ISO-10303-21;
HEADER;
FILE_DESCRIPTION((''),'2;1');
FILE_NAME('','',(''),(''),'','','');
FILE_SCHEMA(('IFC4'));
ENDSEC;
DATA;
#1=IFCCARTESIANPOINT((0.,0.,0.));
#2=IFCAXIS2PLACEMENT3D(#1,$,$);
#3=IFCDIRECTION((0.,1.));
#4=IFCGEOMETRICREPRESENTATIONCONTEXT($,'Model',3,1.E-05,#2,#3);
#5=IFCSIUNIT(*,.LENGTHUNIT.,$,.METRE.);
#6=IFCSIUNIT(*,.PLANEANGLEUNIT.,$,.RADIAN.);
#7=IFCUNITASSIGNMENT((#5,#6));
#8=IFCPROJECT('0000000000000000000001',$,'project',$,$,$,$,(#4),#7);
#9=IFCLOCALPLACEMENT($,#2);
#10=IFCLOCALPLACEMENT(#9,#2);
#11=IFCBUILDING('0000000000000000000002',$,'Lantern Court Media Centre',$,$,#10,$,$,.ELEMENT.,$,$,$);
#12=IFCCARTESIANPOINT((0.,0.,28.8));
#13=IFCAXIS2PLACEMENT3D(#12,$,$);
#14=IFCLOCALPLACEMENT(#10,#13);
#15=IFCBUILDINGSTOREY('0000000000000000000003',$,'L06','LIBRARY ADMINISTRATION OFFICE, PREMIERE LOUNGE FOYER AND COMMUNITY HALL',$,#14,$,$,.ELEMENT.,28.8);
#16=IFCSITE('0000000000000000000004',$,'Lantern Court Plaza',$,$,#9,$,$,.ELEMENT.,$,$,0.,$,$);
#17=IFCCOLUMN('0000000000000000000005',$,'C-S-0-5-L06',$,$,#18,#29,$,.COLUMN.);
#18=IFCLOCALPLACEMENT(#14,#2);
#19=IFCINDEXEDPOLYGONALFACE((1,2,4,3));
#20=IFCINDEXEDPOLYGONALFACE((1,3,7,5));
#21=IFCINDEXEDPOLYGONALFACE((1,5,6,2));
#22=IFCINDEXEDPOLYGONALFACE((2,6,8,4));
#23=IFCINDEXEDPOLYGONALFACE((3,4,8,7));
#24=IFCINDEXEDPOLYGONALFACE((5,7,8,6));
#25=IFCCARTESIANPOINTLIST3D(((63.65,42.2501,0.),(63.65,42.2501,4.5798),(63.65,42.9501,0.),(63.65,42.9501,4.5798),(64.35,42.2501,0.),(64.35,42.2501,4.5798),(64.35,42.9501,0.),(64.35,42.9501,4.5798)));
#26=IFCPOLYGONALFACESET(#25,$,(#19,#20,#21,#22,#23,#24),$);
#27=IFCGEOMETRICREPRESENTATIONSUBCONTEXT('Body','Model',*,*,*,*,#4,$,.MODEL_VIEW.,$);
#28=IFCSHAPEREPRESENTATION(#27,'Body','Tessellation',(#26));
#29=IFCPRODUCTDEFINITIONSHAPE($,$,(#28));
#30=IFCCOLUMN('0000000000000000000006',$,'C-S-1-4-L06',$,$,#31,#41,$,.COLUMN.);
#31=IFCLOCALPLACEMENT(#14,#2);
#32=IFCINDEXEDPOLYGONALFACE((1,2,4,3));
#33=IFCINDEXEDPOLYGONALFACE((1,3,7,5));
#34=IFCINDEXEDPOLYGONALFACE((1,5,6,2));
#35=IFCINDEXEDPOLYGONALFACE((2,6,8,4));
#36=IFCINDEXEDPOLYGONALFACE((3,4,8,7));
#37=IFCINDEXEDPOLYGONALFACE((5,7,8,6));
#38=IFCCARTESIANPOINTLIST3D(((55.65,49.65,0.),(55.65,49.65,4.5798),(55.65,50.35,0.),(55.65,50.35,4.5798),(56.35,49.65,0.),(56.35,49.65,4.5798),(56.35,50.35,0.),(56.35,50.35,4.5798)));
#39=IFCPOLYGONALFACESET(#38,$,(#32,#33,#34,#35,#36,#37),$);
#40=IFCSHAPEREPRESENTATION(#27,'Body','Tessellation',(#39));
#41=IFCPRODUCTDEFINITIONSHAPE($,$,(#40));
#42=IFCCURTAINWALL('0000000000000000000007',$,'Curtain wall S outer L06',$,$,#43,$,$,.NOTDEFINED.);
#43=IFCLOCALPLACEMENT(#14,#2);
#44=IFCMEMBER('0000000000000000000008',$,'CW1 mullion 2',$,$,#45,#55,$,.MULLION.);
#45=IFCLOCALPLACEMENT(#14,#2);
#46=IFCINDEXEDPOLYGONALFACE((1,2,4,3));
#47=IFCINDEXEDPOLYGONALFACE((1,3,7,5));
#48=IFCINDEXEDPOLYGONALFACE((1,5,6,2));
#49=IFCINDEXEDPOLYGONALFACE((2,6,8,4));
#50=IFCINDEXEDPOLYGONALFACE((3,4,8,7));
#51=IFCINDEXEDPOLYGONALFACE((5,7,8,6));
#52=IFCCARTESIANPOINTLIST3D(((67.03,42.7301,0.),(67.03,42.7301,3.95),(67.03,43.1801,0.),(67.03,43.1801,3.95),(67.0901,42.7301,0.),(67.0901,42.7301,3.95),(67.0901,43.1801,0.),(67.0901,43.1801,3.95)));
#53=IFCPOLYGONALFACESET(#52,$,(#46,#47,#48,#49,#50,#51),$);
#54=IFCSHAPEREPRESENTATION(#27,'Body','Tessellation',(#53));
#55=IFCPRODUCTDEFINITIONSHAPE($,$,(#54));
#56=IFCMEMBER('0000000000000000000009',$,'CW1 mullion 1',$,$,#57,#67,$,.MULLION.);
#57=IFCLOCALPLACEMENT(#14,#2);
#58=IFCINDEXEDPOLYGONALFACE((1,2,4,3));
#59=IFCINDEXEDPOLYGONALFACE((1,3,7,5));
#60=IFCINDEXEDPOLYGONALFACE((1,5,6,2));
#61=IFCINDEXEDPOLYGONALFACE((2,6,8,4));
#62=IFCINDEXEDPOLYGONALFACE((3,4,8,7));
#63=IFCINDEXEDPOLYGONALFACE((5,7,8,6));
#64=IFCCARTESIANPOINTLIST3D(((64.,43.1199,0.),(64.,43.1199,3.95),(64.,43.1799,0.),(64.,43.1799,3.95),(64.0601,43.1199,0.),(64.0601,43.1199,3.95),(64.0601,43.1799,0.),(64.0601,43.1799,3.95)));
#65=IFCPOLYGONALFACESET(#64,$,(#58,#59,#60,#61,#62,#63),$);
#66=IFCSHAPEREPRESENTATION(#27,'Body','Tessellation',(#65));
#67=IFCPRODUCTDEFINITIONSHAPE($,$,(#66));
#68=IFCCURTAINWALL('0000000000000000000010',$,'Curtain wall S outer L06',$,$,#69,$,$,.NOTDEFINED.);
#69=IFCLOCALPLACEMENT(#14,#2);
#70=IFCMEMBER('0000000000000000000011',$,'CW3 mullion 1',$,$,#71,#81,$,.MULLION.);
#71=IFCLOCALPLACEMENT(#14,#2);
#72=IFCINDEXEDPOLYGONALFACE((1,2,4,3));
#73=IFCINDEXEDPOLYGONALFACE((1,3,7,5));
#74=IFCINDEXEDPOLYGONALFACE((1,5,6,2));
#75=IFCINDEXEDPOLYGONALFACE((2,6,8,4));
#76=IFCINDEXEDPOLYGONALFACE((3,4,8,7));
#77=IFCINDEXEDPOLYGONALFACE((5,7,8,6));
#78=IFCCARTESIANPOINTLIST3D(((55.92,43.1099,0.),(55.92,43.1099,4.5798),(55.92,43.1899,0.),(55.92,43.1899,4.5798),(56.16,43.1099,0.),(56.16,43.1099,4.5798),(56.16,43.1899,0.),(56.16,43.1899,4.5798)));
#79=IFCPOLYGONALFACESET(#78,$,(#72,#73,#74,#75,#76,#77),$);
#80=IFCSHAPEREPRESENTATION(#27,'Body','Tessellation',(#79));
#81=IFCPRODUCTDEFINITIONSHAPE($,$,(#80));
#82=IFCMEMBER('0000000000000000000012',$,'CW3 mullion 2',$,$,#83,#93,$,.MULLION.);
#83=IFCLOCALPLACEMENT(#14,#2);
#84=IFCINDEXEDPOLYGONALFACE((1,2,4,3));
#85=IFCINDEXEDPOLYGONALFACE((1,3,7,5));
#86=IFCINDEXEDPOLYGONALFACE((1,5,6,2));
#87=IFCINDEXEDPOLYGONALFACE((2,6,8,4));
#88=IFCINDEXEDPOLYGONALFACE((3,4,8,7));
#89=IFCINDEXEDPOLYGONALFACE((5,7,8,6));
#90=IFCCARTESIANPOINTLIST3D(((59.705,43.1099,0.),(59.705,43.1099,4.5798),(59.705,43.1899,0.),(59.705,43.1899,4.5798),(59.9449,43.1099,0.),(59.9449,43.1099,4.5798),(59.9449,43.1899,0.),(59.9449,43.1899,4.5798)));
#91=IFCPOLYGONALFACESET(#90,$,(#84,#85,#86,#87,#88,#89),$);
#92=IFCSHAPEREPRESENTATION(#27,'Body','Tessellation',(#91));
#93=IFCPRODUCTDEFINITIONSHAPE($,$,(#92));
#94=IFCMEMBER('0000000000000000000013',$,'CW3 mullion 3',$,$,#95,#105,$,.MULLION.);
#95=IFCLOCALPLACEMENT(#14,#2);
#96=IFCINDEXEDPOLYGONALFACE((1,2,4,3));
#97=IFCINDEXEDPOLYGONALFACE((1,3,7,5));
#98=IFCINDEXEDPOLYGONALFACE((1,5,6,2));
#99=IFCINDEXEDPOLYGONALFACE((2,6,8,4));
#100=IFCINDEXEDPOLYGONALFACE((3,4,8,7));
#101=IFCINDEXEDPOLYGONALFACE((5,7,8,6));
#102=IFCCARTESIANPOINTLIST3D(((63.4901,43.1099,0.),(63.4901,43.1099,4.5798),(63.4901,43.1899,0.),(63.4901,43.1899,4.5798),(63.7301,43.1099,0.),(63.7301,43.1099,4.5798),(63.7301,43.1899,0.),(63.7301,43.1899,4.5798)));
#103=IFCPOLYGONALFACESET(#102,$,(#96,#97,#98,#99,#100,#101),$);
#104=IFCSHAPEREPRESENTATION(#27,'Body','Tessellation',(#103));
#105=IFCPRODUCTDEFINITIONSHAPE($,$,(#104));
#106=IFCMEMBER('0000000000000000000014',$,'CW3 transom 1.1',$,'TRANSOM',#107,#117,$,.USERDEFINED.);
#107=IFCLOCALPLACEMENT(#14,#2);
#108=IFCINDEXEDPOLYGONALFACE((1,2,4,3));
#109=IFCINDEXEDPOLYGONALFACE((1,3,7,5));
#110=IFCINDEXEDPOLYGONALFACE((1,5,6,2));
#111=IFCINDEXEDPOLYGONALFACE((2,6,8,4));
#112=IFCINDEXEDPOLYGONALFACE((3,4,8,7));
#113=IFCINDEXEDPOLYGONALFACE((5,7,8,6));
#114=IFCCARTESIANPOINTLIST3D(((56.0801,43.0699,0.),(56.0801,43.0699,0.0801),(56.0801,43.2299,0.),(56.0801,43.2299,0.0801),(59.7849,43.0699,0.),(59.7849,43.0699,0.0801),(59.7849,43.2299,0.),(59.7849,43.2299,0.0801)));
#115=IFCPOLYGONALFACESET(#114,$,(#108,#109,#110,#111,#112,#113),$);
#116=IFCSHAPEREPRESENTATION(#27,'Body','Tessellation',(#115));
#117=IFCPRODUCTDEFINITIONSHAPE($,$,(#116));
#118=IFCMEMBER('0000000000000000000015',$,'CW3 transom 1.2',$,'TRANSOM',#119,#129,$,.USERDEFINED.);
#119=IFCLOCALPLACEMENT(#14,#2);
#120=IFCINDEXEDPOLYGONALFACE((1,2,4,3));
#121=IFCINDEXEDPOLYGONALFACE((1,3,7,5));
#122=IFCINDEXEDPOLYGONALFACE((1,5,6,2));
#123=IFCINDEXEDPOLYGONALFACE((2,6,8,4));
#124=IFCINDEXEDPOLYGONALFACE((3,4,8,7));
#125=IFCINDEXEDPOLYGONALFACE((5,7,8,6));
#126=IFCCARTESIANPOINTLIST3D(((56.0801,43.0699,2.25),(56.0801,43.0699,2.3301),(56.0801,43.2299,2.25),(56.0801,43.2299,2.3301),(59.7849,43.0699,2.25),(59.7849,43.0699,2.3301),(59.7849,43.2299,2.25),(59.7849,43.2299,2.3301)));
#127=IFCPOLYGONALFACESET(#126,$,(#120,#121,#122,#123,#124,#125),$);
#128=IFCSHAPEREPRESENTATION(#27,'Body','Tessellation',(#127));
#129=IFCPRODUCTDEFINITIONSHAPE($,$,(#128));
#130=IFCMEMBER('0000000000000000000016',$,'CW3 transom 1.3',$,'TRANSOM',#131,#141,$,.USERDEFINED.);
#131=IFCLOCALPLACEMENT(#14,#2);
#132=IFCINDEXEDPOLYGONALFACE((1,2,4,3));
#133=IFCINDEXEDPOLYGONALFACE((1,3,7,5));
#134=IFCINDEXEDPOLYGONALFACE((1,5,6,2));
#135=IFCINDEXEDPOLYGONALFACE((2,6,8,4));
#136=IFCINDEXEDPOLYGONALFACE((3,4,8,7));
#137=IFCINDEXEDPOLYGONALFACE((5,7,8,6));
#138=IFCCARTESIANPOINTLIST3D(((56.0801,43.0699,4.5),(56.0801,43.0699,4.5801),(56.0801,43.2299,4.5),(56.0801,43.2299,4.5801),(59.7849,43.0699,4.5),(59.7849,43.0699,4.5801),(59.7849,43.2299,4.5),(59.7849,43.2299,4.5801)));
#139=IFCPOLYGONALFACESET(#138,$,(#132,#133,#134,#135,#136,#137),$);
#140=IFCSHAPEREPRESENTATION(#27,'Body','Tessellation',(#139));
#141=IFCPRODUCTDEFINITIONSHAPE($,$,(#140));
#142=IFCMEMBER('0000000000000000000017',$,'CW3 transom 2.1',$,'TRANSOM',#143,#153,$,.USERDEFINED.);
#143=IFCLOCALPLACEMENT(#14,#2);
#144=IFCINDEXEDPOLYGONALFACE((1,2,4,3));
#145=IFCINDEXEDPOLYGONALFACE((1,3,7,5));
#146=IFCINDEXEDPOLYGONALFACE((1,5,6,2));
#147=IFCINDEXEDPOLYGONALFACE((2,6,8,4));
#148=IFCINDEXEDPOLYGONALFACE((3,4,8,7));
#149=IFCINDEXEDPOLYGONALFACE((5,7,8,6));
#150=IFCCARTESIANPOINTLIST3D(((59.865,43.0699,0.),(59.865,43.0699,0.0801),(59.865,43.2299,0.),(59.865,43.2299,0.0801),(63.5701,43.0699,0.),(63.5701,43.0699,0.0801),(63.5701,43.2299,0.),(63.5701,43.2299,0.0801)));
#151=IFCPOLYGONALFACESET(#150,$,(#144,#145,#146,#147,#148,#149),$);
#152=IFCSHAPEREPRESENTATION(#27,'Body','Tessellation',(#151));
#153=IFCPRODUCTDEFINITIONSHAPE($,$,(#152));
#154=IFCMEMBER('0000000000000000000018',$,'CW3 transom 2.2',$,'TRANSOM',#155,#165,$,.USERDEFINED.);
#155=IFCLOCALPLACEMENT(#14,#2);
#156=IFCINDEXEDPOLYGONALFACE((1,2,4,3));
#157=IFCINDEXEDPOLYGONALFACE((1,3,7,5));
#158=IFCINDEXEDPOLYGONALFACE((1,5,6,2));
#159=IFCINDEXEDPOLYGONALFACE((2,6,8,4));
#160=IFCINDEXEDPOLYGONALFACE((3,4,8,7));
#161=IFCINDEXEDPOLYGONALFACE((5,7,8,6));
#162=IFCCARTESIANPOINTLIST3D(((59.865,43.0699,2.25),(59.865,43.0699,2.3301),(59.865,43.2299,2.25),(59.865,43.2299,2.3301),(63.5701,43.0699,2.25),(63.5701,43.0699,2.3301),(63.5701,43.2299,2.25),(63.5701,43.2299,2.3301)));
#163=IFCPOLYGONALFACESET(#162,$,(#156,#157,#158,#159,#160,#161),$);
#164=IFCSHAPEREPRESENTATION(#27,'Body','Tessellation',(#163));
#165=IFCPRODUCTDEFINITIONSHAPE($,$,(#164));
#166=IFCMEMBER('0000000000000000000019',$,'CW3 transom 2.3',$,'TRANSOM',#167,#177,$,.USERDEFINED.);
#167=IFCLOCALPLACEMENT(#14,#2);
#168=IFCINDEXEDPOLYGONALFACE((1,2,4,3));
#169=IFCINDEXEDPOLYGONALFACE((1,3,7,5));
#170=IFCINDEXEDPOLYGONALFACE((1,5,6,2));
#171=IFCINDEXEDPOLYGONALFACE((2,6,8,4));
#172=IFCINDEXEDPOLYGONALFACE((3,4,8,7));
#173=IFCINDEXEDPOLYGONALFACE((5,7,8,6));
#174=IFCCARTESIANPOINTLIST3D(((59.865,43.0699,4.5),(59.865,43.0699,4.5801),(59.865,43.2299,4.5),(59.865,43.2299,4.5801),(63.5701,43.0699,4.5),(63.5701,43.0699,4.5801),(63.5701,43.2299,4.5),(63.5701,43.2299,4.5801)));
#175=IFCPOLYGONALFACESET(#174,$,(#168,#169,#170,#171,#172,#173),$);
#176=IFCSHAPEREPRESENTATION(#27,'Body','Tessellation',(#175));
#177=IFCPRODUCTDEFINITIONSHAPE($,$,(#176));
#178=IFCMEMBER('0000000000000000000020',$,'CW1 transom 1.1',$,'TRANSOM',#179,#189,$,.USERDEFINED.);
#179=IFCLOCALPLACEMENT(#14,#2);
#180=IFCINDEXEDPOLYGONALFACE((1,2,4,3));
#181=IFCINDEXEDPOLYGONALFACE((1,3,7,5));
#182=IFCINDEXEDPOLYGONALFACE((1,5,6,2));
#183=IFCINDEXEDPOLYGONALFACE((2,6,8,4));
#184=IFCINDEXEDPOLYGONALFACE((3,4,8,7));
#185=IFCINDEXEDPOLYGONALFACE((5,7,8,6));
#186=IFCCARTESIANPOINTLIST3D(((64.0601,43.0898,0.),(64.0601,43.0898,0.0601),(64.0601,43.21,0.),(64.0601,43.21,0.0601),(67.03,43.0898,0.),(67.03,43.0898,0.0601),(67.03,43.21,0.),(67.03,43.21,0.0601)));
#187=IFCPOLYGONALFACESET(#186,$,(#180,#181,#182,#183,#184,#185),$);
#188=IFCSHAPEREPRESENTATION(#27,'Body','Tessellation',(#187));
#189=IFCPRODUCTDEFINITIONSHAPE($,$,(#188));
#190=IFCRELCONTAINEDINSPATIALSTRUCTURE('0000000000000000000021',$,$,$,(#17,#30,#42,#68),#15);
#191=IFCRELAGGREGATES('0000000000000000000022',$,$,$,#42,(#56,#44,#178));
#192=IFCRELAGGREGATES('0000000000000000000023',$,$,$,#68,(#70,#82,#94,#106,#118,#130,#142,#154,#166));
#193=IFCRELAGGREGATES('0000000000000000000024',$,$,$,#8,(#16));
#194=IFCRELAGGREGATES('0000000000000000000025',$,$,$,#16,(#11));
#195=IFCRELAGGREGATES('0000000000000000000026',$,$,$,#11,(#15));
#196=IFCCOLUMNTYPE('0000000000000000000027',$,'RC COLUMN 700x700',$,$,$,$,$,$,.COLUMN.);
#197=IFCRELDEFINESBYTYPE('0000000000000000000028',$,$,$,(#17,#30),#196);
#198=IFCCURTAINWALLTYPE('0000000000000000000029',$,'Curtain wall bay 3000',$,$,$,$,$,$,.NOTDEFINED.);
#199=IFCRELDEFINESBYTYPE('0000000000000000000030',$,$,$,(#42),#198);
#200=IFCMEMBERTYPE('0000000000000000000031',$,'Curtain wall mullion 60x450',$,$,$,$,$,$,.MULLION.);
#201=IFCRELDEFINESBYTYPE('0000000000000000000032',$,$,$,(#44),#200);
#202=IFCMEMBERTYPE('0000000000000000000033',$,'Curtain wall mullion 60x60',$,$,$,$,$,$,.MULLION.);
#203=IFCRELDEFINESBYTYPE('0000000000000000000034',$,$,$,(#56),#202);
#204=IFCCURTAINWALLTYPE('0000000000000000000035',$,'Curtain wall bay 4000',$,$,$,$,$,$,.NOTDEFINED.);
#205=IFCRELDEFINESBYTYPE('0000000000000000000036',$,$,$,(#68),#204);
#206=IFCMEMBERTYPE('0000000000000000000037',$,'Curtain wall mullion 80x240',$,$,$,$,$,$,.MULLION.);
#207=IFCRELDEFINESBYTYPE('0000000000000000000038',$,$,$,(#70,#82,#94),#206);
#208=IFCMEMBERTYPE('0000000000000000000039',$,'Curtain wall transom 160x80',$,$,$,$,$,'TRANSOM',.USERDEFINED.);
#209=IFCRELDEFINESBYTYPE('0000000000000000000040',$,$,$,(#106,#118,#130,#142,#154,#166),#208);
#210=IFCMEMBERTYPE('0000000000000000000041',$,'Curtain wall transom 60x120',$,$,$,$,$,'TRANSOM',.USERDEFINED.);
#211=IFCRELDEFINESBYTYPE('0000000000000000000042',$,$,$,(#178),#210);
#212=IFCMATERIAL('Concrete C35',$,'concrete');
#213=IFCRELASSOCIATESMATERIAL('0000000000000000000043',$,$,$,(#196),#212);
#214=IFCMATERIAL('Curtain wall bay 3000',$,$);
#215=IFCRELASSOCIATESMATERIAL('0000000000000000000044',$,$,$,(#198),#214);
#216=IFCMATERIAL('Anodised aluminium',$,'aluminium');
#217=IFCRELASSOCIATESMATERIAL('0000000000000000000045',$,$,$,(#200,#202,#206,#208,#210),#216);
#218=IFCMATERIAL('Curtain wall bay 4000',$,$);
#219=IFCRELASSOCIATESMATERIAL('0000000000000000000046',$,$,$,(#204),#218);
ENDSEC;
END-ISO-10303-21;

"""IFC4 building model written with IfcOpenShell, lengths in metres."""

from ifc_helpers import new_model, si_unit, direction, frame, origin, origin_2d, place, context, subcontext, project, spatial, rectangle, extrude, material, material_profile, profile_set, type_object, element, aggregate, save


model = new_model("IFC4")

# Units and contexts
model_context = context("Model", 3, precision=1e-05, world=origin(), true_north=direction((0.0, 1.0)))
body_context = subcontext(model_context, "Body", "Model", "MODEL_VIEW")
ifc_project = project(units=[si_unit("LENGTHUNIT", "METRE"), si_unit("PLANEANGLEUNIT", "RADIAN")], contexts=[model_context])

# Site, building, storey
site_placement = place(None, origin())
site = spatial("IfcSite", under=ifc_project, at=site_placement, Name="Lantern Court Plaza", CompositionType="ELEMENT", RefElevation=0.0)
building_placement = place(site_placement, origin())
building = spatial("IfcBuilding", under=site, at=building_placement, Name="Lantern Court Media Centre", CompositionType="ELEMENT")
storey_placement = place(building_placement, frame((0.0, 0.0, 28.8)))
storey = spatial("IfcBuildingStorey", under=building, at=storey_placement, Name="L06", Description="LIBRARY ADMINISTRATION OFFICE, PREMIERE LOUNGE FOYER AND COMMUNITY HALL", CompositionType="ELEMENT", Elevation=28.8)

# Columns
ifc_material_1 = material(Name="Concrete C35", Category="concrete")
ifc_material_profile_1 = material_profile(ifc_material_1, rectangle(XDim=0.7, YDim=0.7, at=origin_2d()), Name="RC 700x700")
ifc_profile_set_1 = profile_set([ifc_material_profile_1], Name="Concrete C35")
column_type = type_object("IfcColumnType", Name="RC COLUMN 700x700", PredefinedType="COLUMN", material=ifc_profile_set_1)
for number, where, z_axis, x_axis, name in (
    (1, (64.0, 42.6001, 0.0), (0.0, 0.0, 1.0), (1.0, 0.0, 0.0), "C-S-0-5-L06"),
    (2, (56.0, 50.0, 0.0), (0.0, 0.0, 1.0), (1.0, 0.0, 0.0), "C-S-1-4-L06"),
):
    element("IfcColumn", number, at=place(storey_placement, frame(where, z_axis=z_axis, x_axis=x_axis)), inside=storey, type_object=column_type, Name=name, PredefinedType="COLUMN", context=body_context, shape_type="SweptSolid", body=[
        extrude(rectangle(XDim=0.7, YDim=0.7, at=origin_2d()), origin(), (0.0, 0.0, 1.0), 4.5798),
    ])

# Curtain walls, members
ifc_material_2 = material(Name="Curtain wall bay 3000")
curtain_wall_type_1 = type_object("IfcCurtainWallType", Name="Curtain wall bay 3000", PredefinedType="NOTDEFINED", material=ifc_material_2)
curtain_wall_1_placement = place(storey_placement, origin())
curtain_wall_1 = element("IfcCurtainWall", 3, at=curtain_wall_1_placement, inside=storey, type_object=curtain_wall_type_1, Name="Curtain wall S outer L06", PredefinedType="NOTDEFINED")
ifc_material_3 = material(Name="Anodised aluminium", Category="aluminium")
ifc_material_profile_2 = material_profile(ifc_material_3, rectangle(XDim=0.45, YDim=0.0601, at=origin_2d()), Name="AL 60x450")
ifc_profile_set_2 = profile_set([ifc_material_profile_2], Name="Anodised aluminium")
member_type_1 = type_object("IfcMemberType", Name="Curtain wall mullion 60x450", PredefinedType="MULLION", material=ifc_profile_set_2)
member_1_placement = place(storey_placement, frame((67.0601, 42.9551, 0.0), z_axis=(0.0, 0.0, 1.0), x_axis=(0.0, 1.0, 0.0)))
member_1 = element("IfcMember", 4, at=member_1_placement, type_object=member_type_1, Name="CW1 mullion 2", PredefinedType="MULLION", context=body_context, shape_type="SweptSolid", body=[
    extrude(rectangle(XDim=0.45, YDim=0.0601, at=origin_2d()), origin(), (0.0, 0.0, 1.0), 3.95),
])
ifc_material_profile_3 = material_profile(ifc_material_3, rectangle(XDim=0.0601, YDim=0.0601, at=origin_2d()), Name="AL 60x60")
ifc_profile_set_3 = profile_set([ifc_material_profile_3], Name="Anodised aluminium")
member_type_2 = type_object("IfcMemberType", Name="Curtain wall mullion 60x60", PredefinedType="MULLION", material=ifc_profile_set_3)
member_2_placement = place(storey_placement, frame((64.03, 43.1499, 0.0), z_axis=(0.0, 0.0, 1.0), x_axis=(0.0, 1.0, 0.0)))
member_2 = element("IfcMember", 5, at=member_2_placement, type_object=member_type_2, Name="CW1 mullion 1", PredefinedType="MULLION", context=body_context, shape_type="SweptSolid", body=[
    extrude(rectangle(XDim=0.0601, YDim=0.0601, at=origin_2d()), origin(), (0.0, 0.0, 1.0), 3.95),
])
ifc_material_4 = material(Name="Curtain wall bay 4000")
curtain_wall_type_2 = type_object("IfcCurtainWallType", Name="Curtain wall bay 4000", PredefinedType="NOTDEFINED", material=ifc_material_4)
curtain_wall_2_placement = place(storey_placement, origin())
curtain_wall_2 = element("IfcCurtainWall", 6, at=curtain_wall_2_placement, inside=storey, type_object=curtain_wall_type_2, Name="Curtain wall S outer L06", PredefinedType="NOTDEFINED")
ifc_material_profile_4 = material_profile(ifc_material_3, rectangle(XDim=0.0801, YDim=0.24, at=origin_2d()), Name="AL 80x240")
ifc_profile_set_4 = profile_set([ifc_material_profile_4], Name="Anodised aluminium")
member_type_3 = type_object("IfcMemberType", Name="Curtain wall mullion 80x240", PredefinedType="MULLION", material=ifc_profile_set_4)
member_3_placement = place(storey_placement, frame((56.04, 43.1499, 0.0), z_axis=(0.0, 0.0, 1.0), x_axis=(0.0, 1.0, 0.0)))
member_3 = element("IfcMember", 7, at=member_3_placement, type_object=member_type_3, Name="CW3 mullion 1", PredefinedType="MULLION", context=body_context, shape_type="SweptSolid", body=[
    extrude(rectangle(XDim=0.0801, YDim=0.24, at=origin_2d()), origin(), (0.0, 0.0, 1.0), 4.5798),
])
member_4_placement = place(storey_placement, frame((59.825, 43.1499, 0.0), z_axis=(0.0, 0.0, 1.0), x_axis=(0.0, 1.0, 0.0)))
member_4 = element("IfcMember", 8, at=member_4_placement, type_object=member_type_3, Name="CW3 mullion 2", PredefinedType="MULLION", context=body_context, shape_type="SweptSolid", body=[
    extrude(rectangle(XDim=0.0801, YDim=0.24, at=origin_2d()), origin(), (0.0, 0.0, 1.0), 4.5798),
])
member_5_placement = place(storey_placement, frame((63.6101, 43.1499, 0.0), z_axis=(0.0, 0.0, 1.0), x_axis=(0.0, 1.0, 0.0)))
member_5 = element("IfcMember", 9, at=member_5_placement, type_object=member_type_3, Name="CW3 mullion 3", PredefinedType="MULLION", context=body_context, shape_type="SweptSolid", body=[
    extrude(rectangle(XDim=0.0801, YDim=0.24, at=origin_2d()), origin(), (0.0, 0.0, 1.0), 4.5798),
])
ifc_material_profile_5 = material_profile(ifc_material_3, rectangle(XDim=0.1599, YDim=0.0801, at=origin_2d()), Name="AL 80x160")
ifc_profile_set_5 = profile_set([ifc_material_profile_5], Name="Anodised aluminium")
member_type_4 = type_object("IfcMemberType", Name="Curtain wall transom 160x80", ElementType="TRANSOM", PredefinedType="USERDEFINED", material=ifc_profile_set_5)
member_6_placement = place(storey_placement, frame((56.0801, 43.1499, 0.04), z_axis=(1.0, 0.0, 0.0), x_axis=(0.0, 1.0, 0.0)))
member_6 = element("IfcMember", 10, at=member_6_placement, type_object=member_type_4, Name="CW3 transom 1.1", ObjectType="TRANSOM", PredefinedType="USERDEFINED", context=body_context, shape_type="SweptSolid", body=[
    extrude(rectangle(XDim=0.1599, YDim=0.0801, at=origin_2d()), origin(), (0.0, 0.0, 1.0), 3.7048),
])
member_7_placement = place(storey_placement, frame((56.0801, 43.1499, 2.29), z_axis=(1.0, 0.0, 0.0), x_axis=(0.0, 1.0, 0.0)))
member_7 = element("IfcMember", 11, at=member_7_placement, type_object=member_type_4, Name="CW3 transom 1.2", ObjectType="TRANSOM", PredefinedType="USERDEFINED", context=body_context, shape_type="SweptSolid", body=[
    extrude(rectangle(XDim=0.1599, YDim=0.0801, at=origin_2d()), origin(), (0.0, 0.0, 1.0), 3.7048),
])
member_8_placement = place(storey_placement, frame((56.0801, 43.1499, 4.54), z_axis=(1.0, 0.0, 0.0), x_axis=(0.0, 1.0, 0.0)))
member_8 = element("IfcMember", 12, at=member_8_placement, type_object=member_type_4, Name="CW3 transom 1.3", ObjectType="TRANSOM", PredefinedType="USERDEFINED", context=body_context, shape_type="SweptSolid", body=[
    extrude(rectangle(XDim=0.1599, YDim=0.0801, at=origin_2d()), origin(), (0.0, 0.0, 1.0), 3.7048),
])
member_9_placement = place(storey_placement, frame((59.865, 43.1499, 0.04), z_axis=(1.0, 0.0, 0.0), x_axis=(0.0, 1.0, 0.0)))
member_9 = element("IfcMember", 13, at=member_9_placement, type_object=member_type_4, Name="CW3 transom 2.1", ObjectType="TRANSOM", PredefinedType="USERDEFINED", context=body_context, shape_type="SweptSolid", body=[
    extrude(rectangle(XDim=0.1599, YDim=0.0801, at=origin_2d()), origin(), (0.0, 0.0, 1.0), 3.7051),
])
member_10_placement = place(storey_placement, frame((59.865, 43.1499, 2.29), z_axis=(1.0, 0.0, 0.0), x_axis=(0.0, 1.0, 0.0)))
member_10 = element("IfcMember", 14, at=member_10_placement, type_object=member_type_4, Name="CW3 transom 2.2", ObjectType="TRANSOM", PredefinedType="USERDEFINED", context=body_context, shape_type="SweptSolid", body=[
    extrude(rectangle(XDim=0.1599, YDim=0.0801, at=origin_2d()), origin(), (0.0, 0.0, 1.0), 3.7051),
])
member_11_placement = place(storey_placement, frame((59.865, 43.1499, 4.54), z_axis=(1.0, 0.0, 0.0), x_axis=(0.0, 1.0, 0.0)))
member_11 = element("IfcMember", 15, at=member_11_placement, type_object=member_type_4, Name="CW3 transom 2.3", ObjectType="TRANSOM", PredefinedType="USERDEFINED", context=body_context, shape_type="SweptSolid", body=[
    extrude(rectangle(XDim=0.1599, YDim=0.0801, at=origin_2d()), origin(), (0.0, 0.0, 1.0), 3.7051),
])

# Member
ifc_material_profile_6 = material_profile(ifc_material_3, rectangle(XDim=0.1201, YDim=0.0601, at=origin_2d()), Name="AL 60x120")
ifc_profile_set_6 = profile_set([ifc_material_profile_6], Name="Anodised aluminium")
member_type_5 = type_object("IfcMemberType", Name="Curtain wall transom 60x120", ElementType="TRANSOM", PredefinedType="USERDEFINED", material=ifc_profile_set_6)
member_12_placement = place(storey_placement, frame((64.0601, 43.1499, 0.03), z_axis=(1.0, 0.0, 0.0), x_axis=(0.0, 1.0, 0.0)))
member_12 = element("IfcMember", 16, at=member_12_placement, type_object=member_type_5, Name="CW1 transom 1.1", ObjectType="TRANSOM", PredefinedType="USERDEFINED", context=body_context, shape_type="SweptSolid", body=[
    extrude(rectangle(XDim=0.1201, YDim=0.0601, at=origin_2d()), origin(), (0.0, 0.0, 1.0), 2.97),
])

aggregate(curtain_wall_1, [member_2, member_1, member_12])
aggregate(curtain_wall_2, [member_3, member_4, member_5, member_6, member_7, member_8, member_9, member_10, member_11])

save(model, "model.ifc")
